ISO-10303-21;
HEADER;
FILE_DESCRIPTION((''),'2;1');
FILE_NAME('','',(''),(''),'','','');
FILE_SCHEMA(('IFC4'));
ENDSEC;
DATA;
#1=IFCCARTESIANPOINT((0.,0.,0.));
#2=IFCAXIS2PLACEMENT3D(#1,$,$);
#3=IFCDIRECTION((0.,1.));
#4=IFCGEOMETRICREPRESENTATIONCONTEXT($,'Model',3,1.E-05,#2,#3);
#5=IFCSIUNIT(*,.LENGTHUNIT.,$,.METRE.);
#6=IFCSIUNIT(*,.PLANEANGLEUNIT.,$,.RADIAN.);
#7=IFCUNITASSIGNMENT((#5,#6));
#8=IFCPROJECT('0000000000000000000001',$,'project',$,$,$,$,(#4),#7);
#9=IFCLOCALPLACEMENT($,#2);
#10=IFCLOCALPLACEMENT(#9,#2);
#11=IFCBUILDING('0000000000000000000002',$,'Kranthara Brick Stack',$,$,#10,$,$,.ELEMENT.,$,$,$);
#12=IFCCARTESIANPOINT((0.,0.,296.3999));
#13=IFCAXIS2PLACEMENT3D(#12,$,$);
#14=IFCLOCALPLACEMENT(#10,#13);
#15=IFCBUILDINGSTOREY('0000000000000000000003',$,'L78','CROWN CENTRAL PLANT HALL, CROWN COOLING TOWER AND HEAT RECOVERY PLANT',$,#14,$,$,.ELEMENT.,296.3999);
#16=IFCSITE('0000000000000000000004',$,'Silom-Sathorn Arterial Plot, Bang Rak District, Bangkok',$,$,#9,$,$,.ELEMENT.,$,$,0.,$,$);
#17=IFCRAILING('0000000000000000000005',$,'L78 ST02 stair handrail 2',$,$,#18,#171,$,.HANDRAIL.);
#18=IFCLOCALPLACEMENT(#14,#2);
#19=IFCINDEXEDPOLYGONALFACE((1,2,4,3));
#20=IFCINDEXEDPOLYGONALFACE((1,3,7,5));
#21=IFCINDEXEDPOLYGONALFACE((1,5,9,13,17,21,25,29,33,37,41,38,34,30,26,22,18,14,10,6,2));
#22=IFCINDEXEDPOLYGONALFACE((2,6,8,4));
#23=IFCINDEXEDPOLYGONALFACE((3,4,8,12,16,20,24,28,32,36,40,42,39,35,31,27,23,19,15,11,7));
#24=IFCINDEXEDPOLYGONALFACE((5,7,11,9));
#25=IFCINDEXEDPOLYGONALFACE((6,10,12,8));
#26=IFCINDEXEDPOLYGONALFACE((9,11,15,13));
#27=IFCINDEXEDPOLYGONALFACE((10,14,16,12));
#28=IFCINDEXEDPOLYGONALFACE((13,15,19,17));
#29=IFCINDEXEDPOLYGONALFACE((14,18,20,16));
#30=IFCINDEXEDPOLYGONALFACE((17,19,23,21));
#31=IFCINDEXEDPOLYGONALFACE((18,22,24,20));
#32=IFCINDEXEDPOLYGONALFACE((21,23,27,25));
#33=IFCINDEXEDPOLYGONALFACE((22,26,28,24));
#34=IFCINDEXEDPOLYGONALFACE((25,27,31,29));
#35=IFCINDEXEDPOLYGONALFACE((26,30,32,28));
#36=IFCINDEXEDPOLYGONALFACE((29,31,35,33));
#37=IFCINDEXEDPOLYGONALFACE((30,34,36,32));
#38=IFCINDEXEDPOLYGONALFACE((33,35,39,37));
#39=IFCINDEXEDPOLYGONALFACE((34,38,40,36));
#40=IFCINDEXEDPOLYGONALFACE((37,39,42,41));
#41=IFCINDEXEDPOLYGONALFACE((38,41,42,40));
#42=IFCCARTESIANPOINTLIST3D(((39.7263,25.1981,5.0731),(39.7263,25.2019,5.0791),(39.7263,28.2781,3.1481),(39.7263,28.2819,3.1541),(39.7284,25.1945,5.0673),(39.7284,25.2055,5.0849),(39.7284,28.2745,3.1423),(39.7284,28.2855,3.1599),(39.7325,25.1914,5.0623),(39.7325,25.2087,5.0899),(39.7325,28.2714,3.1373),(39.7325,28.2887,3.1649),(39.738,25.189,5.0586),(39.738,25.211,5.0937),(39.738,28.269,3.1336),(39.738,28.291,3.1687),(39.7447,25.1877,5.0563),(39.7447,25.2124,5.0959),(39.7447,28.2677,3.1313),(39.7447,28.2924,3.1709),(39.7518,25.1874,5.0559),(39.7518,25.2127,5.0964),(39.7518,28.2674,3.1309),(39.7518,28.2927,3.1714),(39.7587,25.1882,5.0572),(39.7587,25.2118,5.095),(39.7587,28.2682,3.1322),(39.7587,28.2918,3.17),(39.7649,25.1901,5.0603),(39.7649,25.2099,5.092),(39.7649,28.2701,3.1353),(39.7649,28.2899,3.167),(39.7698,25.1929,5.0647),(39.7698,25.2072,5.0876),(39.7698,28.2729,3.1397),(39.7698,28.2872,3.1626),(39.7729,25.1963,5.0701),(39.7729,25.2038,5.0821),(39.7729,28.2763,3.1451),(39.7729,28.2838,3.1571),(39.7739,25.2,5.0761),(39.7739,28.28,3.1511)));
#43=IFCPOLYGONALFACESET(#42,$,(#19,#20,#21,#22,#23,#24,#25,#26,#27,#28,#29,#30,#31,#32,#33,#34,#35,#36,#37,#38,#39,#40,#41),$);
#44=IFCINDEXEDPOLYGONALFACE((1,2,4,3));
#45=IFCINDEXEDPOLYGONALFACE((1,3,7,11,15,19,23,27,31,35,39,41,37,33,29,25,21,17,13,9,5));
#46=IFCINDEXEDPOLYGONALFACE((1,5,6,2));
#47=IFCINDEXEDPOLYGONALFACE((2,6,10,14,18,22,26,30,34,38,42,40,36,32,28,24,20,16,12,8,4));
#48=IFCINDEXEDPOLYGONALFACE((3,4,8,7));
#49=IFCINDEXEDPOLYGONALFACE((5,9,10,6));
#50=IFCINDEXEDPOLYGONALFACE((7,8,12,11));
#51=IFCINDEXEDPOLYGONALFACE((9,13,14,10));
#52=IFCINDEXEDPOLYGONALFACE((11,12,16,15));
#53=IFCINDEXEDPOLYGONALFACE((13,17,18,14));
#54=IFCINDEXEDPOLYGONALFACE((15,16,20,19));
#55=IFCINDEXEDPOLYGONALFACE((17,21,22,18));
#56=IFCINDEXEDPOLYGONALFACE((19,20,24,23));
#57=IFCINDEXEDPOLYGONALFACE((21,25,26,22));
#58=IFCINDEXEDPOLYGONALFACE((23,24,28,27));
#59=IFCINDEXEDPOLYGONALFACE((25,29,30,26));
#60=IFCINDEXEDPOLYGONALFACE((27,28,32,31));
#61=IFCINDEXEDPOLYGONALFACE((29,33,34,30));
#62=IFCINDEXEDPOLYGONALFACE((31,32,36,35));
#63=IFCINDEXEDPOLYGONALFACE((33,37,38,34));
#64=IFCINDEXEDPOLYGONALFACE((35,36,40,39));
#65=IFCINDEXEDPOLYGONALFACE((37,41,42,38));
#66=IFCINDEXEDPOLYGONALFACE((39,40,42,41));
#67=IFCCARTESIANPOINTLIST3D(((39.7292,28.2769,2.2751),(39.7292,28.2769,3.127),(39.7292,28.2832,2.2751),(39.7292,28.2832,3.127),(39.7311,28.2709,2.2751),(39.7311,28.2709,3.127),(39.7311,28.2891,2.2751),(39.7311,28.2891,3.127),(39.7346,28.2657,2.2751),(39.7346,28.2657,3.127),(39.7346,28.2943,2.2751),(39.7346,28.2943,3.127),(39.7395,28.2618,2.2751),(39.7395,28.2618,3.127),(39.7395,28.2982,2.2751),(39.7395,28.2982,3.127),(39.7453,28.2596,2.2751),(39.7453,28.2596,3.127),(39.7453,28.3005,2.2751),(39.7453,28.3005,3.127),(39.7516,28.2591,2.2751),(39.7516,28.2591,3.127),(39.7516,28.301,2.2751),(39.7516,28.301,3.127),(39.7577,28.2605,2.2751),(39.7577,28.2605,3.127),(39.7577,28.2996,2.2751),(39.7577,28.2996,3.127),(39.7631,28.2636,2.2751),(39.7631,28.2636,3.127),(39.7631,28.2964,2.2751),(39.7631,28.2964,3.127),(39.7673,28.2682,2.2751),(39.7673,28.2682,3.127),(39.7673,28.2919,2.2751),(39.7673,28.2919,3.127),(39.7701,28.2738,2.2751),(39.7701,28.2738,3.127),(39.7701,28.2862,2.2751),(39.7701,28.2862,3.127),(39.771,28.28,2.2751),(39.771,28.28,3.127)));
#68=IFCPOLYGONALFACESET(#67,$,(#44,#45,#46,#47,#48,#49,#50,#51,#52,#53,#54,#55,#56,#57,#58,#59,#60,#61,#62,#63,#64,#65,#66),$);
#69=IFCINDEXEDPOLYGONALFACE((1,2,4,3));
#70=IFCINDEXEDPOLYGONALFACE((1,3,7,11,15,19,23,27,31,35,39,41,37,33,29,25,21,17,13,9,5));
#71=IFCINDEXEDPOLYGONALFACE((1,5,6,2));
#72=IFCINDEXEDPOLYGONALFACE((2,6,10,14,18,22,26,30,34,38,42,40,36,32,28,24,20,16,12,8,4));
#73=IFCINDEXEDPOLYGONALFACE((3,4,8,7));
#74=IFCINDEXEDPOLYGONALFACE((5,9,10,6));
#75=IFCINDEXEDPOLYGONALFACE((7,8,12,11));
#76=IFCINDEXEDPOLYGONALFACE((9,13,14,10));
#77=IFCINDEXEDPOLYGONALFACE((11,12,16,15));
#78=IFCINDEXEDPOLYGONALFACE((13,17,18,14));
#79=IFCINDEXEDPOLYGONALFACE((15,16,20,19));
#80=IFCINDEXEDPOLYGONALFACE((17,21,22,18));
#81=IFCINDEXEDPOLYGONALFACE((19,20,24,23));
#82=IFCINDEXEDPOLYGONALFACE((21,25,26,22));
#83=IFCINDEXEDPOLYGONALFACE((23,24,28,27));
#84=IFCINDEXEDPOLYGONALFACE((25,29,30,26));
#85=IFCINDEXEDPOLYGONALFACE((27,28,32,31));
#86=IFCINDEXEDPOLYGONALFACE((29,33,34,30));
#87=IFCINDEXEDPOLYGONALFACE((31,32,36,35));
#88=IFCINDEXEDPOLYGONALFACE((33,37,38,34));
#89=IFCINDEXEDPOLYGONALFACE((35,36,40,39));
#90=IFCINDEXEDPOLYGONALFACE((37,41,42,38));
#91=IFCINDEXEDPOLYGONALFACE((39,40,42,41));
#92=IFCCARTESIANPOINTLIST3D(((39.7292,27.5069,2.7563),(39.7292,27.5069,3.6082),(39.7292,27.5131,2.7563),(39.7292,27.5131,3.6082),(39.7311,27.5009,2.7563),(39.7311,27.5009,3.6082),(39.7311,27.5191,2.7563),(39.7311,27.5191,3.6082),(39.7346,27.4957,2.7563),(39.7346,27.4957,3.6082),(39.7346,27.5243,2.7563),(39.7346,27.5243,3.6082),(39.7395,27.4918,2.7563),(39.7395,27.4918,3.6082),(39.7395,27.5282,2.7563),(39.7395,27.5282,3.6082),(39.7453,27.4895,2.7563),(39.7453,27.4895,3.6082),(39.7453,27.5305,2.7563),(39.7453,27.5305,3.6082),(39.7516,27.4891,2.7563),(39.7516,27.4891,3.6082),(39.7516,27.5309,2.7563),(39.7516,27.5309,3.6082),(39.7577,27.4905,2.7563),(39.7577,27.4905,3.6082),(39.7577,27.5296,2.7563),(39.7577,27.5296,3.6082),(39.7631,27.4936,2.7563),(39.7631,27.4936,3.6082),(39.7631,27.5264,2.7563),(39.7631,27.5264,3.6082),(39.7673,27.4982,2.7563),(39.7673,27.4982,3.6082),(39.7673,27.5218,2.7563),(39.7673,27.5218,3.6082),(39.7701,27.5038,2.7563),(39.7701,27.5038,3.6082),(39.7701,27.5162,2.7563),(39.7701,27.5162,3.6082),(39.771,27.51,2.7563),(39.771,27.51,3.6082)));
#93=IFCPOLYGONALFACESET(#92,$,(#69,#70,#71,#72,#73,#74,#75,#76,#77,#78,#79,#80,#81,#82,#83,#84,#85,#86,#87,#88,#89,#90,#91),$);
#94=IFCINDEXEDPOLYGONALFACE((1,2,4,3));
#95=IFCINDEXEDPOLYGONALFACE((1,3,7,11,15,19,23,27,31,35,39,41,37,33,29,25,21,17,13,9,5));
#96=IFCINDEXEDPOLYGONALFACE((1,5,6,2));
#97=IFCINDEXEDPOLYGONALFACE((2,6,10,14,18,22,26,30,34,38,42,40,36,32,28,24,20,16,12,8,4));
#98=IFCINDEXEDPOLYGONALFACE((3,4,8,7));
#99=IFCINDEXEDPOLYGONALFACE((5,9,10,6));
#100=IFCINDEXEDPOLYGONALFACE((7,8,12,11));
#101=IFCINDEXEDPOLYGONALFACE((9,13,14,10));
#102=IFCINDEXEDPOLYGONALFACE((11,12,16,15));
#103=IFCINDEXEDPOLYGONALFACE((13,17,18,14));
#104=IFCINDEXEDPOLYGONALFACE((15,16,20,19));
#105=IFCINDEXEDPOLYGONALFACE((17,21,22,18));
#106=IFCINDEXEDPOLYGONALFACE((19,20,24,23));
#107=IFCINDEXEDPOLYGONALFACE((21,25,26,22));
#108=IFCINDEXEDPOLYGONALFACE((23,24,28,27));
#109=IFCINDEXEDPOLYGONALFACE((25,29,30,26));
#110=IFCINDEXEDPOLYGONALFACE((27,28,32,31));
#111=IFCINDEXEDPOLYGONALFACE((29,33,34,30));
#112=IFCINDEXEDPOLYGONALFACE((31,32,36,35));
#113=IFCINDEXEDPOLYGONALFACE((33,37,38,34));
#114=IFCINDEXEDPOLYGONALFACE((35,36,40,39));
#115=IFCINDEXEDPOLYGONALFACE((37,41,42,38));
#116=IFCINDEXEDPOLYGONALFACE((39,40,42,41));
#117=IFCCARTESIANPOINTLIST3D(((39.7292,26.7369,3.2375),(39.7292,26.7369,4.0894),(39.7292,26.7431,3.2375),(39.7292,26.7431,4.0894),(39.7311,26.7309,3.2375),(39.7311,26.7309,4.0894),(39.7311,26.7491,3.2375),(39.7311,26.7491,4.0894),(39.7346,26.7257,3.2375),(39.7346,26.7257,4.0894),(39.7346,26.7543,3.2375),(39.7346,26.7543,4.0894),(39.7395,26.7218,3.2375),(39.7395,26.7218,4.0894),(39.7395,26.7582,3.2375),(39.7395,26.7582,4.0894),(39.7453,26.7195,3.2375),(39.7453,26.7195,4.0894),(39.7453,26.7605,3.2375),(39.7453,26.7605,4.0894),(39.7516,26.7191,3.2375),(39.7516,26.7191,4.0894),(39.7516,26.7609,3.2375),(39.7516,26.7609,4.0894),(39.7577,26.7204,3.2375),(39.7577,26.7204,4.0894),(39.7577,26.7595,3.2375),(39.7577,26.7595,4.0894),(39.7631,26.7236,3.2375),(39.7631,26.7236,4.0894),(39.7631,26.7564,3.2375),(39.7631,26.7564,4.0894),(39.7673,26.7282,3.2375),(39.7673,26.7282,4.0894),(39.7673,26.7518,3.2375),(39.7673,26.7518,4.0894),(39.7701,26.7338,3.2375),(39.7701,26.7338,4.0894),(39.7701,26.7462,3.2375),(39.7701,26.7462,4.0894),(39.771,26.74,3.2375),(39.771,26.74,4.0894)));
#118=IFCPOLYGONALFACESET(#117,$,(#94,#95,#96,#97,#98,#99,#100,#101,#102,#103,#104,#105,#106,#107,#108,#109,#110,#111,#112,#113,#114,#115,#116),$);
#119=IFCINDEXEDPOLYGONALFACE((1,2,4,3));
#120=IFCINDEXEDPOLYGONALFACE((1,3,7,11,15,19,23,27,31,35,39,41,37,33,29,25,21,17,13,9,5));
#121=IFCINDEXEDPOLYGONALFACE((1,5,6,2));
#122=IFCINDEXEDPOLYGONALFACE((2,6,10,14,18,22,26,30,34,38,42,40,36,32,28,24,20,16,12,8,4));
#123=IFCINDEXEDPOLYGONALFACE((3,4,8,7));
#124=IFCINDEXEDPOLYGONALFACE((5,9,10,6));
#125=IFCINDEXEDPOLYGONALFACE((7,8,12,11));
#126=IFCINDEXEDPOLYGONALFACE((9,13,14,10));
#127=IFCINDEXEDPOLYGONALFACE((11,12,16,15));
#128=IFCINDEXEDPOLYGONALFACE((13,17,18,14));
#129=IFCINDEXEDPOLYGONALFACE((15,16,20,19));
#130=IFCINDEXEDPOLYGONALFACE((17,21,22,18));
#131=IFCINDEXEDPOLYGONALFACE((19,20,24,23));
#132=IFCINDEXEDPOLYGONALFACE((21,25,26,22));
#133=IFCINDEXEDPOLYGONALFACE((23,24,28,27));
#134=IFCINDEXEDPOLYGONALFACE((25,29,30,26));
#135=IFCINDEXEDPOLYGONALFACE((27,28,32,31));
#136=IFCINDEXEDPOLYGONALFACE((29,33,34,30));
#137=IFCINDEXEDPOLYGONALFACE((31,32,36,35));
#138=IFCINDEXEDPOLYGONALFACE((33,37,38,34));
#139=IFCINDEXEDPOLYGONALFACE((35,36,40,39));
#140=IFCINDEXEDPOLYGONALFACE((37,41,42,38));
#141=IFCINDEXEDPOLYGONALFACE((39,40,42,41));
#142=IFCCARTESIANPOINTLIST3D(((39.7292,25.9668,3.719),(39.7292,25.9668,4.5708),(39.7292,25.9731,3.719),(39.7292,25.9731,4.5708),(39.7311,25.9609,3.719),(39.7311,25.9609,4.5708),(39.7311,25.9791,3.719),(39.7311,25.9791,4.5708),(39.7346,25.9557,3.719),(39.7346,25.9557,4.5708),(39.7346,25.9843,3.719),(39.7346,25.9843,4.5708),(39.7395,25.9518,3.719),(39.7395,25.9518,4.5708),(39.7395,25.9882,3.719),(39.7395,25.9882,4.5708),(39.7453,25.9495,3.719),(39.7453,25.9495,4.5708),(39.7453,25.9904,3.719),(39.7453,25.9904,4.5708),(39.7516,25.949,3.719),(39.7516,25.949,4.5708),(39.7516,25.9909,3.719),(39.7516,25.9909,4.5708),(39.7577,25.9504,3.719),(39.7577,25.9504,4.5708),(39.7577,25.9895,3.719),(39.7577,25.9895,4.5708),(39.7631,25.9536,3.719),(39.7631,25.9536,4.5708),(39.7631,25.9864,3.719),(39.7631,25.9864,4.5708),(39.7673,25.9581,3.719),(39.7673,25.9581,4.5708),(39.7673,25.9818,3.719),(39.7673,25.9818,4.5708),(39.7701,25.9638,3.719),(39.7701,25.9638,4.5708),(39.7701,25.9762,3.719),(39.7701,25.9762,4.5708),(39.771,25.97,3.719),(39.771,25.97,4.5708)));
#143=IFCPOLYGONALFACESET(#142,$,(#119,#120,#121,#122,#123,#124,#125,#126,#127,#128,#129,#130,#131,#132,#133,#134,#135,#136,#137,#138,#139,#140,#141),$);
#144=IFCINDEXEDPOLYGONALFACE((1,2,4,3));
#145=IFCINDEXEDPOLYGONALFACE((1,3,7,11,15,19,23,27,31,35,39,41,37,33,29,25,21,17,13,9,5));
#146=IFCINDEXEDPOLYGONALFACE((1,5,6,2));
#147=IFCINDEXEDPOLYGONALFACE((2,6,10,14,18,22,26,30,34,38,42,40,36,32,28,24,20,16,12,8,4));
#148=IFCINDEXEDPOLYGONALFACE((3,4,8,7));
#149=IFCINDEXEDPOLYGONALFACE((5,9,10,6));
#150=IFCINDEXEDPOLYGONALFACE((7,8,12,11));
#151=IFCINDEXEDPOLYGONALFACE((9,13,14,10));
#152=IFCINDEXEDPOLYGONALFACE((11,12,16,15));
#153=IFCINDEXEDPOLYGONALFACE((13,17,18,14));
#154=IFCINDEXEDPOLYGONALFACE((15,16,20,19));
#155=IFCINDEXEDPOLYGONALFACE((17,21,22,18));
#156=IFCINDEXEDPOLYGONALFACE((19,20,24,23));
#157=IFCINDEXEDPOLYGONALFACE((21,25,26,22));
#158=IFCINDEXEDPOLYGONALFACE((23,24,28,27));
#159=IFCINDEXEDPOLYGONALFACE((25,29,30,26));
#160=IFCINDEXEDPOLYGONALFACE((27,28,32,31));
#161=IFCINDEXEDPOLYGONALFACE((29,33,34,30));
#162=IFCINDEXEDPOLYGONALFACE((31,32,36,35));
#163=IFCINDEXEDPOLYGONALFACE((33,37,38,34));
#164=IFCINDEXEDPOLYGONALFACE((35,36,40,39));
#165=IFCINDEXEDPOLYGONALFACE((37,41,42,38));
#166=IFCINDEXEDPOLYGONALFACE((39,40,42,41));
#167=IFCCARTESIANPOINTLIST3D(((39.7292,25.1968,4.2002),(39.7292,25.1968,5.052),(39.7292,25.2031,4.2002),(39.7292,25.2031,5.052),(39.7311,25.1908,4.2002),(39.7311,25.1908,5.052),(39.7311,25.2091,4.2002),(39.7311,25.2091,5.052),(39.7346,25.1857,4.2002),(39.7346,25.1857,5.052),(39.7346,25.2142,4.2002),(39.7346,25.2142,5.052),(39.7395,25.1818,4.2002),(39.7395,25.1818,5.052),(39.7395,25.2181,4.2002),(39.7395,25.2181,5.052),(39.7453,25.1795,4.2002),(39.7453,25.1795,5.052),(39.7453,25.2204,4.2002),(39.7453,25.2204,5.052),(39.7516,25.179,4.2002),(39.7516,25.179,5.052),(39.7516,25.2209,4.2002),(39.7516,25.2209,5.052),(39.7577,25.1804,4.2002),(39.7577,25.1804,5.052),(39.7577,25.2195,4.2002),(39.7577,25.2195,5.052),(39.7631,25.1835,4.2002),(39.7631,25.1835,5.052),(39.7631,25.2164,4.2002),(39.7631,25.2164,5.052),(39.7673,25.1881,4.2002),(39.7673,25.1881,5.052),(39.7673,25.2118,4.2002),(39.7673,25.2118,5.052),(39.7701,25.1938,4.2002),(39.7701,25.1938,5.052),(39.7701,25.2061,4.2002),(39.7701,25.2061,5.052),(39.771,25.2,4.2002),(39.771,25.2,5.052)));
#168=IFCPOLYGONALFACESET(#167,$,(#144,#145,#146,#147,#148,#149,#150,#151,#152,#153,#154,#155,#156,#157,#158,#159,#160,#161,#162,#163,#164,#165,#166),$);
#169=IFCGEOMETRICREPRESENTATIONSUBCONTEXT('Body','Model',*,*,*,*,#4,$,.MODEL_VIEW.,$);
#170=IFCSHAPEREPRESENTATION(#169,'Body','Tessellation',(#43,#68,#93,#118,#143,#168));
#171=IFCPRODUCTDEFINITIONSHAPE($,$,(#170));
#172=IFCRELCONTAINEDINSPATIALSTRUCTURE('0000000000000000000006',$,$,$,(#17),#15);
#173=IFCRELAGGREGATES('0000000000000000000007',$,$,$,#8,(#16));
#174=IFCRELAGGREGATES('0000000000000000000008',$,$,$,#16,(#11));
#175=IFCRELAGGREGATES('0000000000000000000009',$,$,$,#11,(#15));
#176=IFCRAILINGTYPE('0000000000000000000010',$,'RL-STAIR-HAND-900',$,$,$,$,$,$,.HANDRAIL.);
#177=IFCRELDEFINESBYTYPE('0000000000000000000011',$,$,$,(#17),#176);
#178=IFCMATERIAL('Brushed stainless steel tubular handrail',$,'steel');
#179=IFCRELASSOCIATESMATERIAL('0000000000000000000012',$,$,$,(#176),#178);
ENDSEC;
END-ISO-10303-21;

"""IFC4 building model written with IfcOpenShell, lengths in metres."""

from ifc_helpers import new_model, si_unit, direction, frame, origin, origin_2d, place, context, subcontext, project, spatial, circle, extrude, material, type_object, element, save


model = new_model("IFC4")

# Units and contexts
model_context = context("Model", 3, precision=1e-05, world=origin(), true_north=direction((0.0, 1.0)))
body_context = subcontext(model_context, "Body", "Model", "MODEL_VIEW")
ifc_project = project(units=[si_unit("LENGTHUNIT", "METRE"), si_unit("PLANEANGLEUNIT", "RADIAN")], contexts=[model_context])

# Site, building, storey
site_placement = place(None, origin())
site = spatial("IfcSite", under=ifc_project, at=site_placement, Name="Silom-Sathorn Arterial Plot, Bang Rak District, Bangkok", CompositionType="ELEMENT", RefElevation=0.0)
building_placement = place(site_placement, origin())
building = spatial("IfcBuilding", under=site, at=building_placement, Name="Kranthara Brick Stack", CompositionType="ELEMENT")
storey_placement = place(building_placement, frame((0.0, 0.0, 296.3999)))
storey = spatial("IfcBuildingStorey", under=building, at=storey_placement, Name="L78", Description="CROWN CENTRAL PLANT HALL, CROWN COOLING TOWER AND HEAT RECOVERY PLANT", CompositionType="ELEMENT", Elevation=296.3999)

# Railing
ifc_material_1 = material(Name="Brushed stainless steel tubular handrail", Category="steel")
railing_type_1 = type_object("IfcRailingType", Name="RL-STAIR-HAND-900", PredefinedType="HANDRAIL", material=ifc_material_1)
railing_1_placement = place(storey_placement, frame((39.75, 28.28, 2.2751)))
element("IfcRailing", 1, at=railing_1_placement, inside=storey, type_object=railing_type_1, Name="L78 ST02 stair handrail 2", PredefinedType="HANDRAIL", context=body_context, shape_type="SweptSolid", body=[
    extrude(circle(Radius=0.0239, at=origin_2d()), frame((0.0, 0.0, 0.876), z_axis=(0.0, -0.847998, 0.529999), x_axis=(1.0, 0.0, 0.0)), (0.0, 0.0, 1.0), 3.6321),
    extrude(circle(Radius=0.021, at=origin_2d()), origin(), (0.0, 0.0, 1.0), 0.8518),
    extrude(circle(Radius=0.021, at=origin_2d()), frame((0.0, -0.77, 0.4812)), (0.0, 0.0, 1.0), 0.8518),
    extrude(circle(Radius=0.021, at=origin_2d()), frame((0.0, -1.54, 0.9624)), (0.0, 0.0, 1.0), 0.8518),
    extrude(circle(Radius=0.021, at=origin_2d()), frame((0.0, -2.3101, 1.4438)), (0.0, 0.0, 1.0), 0.8518),
    extrude(circle(Radius=0.021, at=origin_2d()), frame((0.0, -3.0801, 1.925)), (0.0, 0.0, 1.0), 0.8518),
])

save(model, "model.ifc")
